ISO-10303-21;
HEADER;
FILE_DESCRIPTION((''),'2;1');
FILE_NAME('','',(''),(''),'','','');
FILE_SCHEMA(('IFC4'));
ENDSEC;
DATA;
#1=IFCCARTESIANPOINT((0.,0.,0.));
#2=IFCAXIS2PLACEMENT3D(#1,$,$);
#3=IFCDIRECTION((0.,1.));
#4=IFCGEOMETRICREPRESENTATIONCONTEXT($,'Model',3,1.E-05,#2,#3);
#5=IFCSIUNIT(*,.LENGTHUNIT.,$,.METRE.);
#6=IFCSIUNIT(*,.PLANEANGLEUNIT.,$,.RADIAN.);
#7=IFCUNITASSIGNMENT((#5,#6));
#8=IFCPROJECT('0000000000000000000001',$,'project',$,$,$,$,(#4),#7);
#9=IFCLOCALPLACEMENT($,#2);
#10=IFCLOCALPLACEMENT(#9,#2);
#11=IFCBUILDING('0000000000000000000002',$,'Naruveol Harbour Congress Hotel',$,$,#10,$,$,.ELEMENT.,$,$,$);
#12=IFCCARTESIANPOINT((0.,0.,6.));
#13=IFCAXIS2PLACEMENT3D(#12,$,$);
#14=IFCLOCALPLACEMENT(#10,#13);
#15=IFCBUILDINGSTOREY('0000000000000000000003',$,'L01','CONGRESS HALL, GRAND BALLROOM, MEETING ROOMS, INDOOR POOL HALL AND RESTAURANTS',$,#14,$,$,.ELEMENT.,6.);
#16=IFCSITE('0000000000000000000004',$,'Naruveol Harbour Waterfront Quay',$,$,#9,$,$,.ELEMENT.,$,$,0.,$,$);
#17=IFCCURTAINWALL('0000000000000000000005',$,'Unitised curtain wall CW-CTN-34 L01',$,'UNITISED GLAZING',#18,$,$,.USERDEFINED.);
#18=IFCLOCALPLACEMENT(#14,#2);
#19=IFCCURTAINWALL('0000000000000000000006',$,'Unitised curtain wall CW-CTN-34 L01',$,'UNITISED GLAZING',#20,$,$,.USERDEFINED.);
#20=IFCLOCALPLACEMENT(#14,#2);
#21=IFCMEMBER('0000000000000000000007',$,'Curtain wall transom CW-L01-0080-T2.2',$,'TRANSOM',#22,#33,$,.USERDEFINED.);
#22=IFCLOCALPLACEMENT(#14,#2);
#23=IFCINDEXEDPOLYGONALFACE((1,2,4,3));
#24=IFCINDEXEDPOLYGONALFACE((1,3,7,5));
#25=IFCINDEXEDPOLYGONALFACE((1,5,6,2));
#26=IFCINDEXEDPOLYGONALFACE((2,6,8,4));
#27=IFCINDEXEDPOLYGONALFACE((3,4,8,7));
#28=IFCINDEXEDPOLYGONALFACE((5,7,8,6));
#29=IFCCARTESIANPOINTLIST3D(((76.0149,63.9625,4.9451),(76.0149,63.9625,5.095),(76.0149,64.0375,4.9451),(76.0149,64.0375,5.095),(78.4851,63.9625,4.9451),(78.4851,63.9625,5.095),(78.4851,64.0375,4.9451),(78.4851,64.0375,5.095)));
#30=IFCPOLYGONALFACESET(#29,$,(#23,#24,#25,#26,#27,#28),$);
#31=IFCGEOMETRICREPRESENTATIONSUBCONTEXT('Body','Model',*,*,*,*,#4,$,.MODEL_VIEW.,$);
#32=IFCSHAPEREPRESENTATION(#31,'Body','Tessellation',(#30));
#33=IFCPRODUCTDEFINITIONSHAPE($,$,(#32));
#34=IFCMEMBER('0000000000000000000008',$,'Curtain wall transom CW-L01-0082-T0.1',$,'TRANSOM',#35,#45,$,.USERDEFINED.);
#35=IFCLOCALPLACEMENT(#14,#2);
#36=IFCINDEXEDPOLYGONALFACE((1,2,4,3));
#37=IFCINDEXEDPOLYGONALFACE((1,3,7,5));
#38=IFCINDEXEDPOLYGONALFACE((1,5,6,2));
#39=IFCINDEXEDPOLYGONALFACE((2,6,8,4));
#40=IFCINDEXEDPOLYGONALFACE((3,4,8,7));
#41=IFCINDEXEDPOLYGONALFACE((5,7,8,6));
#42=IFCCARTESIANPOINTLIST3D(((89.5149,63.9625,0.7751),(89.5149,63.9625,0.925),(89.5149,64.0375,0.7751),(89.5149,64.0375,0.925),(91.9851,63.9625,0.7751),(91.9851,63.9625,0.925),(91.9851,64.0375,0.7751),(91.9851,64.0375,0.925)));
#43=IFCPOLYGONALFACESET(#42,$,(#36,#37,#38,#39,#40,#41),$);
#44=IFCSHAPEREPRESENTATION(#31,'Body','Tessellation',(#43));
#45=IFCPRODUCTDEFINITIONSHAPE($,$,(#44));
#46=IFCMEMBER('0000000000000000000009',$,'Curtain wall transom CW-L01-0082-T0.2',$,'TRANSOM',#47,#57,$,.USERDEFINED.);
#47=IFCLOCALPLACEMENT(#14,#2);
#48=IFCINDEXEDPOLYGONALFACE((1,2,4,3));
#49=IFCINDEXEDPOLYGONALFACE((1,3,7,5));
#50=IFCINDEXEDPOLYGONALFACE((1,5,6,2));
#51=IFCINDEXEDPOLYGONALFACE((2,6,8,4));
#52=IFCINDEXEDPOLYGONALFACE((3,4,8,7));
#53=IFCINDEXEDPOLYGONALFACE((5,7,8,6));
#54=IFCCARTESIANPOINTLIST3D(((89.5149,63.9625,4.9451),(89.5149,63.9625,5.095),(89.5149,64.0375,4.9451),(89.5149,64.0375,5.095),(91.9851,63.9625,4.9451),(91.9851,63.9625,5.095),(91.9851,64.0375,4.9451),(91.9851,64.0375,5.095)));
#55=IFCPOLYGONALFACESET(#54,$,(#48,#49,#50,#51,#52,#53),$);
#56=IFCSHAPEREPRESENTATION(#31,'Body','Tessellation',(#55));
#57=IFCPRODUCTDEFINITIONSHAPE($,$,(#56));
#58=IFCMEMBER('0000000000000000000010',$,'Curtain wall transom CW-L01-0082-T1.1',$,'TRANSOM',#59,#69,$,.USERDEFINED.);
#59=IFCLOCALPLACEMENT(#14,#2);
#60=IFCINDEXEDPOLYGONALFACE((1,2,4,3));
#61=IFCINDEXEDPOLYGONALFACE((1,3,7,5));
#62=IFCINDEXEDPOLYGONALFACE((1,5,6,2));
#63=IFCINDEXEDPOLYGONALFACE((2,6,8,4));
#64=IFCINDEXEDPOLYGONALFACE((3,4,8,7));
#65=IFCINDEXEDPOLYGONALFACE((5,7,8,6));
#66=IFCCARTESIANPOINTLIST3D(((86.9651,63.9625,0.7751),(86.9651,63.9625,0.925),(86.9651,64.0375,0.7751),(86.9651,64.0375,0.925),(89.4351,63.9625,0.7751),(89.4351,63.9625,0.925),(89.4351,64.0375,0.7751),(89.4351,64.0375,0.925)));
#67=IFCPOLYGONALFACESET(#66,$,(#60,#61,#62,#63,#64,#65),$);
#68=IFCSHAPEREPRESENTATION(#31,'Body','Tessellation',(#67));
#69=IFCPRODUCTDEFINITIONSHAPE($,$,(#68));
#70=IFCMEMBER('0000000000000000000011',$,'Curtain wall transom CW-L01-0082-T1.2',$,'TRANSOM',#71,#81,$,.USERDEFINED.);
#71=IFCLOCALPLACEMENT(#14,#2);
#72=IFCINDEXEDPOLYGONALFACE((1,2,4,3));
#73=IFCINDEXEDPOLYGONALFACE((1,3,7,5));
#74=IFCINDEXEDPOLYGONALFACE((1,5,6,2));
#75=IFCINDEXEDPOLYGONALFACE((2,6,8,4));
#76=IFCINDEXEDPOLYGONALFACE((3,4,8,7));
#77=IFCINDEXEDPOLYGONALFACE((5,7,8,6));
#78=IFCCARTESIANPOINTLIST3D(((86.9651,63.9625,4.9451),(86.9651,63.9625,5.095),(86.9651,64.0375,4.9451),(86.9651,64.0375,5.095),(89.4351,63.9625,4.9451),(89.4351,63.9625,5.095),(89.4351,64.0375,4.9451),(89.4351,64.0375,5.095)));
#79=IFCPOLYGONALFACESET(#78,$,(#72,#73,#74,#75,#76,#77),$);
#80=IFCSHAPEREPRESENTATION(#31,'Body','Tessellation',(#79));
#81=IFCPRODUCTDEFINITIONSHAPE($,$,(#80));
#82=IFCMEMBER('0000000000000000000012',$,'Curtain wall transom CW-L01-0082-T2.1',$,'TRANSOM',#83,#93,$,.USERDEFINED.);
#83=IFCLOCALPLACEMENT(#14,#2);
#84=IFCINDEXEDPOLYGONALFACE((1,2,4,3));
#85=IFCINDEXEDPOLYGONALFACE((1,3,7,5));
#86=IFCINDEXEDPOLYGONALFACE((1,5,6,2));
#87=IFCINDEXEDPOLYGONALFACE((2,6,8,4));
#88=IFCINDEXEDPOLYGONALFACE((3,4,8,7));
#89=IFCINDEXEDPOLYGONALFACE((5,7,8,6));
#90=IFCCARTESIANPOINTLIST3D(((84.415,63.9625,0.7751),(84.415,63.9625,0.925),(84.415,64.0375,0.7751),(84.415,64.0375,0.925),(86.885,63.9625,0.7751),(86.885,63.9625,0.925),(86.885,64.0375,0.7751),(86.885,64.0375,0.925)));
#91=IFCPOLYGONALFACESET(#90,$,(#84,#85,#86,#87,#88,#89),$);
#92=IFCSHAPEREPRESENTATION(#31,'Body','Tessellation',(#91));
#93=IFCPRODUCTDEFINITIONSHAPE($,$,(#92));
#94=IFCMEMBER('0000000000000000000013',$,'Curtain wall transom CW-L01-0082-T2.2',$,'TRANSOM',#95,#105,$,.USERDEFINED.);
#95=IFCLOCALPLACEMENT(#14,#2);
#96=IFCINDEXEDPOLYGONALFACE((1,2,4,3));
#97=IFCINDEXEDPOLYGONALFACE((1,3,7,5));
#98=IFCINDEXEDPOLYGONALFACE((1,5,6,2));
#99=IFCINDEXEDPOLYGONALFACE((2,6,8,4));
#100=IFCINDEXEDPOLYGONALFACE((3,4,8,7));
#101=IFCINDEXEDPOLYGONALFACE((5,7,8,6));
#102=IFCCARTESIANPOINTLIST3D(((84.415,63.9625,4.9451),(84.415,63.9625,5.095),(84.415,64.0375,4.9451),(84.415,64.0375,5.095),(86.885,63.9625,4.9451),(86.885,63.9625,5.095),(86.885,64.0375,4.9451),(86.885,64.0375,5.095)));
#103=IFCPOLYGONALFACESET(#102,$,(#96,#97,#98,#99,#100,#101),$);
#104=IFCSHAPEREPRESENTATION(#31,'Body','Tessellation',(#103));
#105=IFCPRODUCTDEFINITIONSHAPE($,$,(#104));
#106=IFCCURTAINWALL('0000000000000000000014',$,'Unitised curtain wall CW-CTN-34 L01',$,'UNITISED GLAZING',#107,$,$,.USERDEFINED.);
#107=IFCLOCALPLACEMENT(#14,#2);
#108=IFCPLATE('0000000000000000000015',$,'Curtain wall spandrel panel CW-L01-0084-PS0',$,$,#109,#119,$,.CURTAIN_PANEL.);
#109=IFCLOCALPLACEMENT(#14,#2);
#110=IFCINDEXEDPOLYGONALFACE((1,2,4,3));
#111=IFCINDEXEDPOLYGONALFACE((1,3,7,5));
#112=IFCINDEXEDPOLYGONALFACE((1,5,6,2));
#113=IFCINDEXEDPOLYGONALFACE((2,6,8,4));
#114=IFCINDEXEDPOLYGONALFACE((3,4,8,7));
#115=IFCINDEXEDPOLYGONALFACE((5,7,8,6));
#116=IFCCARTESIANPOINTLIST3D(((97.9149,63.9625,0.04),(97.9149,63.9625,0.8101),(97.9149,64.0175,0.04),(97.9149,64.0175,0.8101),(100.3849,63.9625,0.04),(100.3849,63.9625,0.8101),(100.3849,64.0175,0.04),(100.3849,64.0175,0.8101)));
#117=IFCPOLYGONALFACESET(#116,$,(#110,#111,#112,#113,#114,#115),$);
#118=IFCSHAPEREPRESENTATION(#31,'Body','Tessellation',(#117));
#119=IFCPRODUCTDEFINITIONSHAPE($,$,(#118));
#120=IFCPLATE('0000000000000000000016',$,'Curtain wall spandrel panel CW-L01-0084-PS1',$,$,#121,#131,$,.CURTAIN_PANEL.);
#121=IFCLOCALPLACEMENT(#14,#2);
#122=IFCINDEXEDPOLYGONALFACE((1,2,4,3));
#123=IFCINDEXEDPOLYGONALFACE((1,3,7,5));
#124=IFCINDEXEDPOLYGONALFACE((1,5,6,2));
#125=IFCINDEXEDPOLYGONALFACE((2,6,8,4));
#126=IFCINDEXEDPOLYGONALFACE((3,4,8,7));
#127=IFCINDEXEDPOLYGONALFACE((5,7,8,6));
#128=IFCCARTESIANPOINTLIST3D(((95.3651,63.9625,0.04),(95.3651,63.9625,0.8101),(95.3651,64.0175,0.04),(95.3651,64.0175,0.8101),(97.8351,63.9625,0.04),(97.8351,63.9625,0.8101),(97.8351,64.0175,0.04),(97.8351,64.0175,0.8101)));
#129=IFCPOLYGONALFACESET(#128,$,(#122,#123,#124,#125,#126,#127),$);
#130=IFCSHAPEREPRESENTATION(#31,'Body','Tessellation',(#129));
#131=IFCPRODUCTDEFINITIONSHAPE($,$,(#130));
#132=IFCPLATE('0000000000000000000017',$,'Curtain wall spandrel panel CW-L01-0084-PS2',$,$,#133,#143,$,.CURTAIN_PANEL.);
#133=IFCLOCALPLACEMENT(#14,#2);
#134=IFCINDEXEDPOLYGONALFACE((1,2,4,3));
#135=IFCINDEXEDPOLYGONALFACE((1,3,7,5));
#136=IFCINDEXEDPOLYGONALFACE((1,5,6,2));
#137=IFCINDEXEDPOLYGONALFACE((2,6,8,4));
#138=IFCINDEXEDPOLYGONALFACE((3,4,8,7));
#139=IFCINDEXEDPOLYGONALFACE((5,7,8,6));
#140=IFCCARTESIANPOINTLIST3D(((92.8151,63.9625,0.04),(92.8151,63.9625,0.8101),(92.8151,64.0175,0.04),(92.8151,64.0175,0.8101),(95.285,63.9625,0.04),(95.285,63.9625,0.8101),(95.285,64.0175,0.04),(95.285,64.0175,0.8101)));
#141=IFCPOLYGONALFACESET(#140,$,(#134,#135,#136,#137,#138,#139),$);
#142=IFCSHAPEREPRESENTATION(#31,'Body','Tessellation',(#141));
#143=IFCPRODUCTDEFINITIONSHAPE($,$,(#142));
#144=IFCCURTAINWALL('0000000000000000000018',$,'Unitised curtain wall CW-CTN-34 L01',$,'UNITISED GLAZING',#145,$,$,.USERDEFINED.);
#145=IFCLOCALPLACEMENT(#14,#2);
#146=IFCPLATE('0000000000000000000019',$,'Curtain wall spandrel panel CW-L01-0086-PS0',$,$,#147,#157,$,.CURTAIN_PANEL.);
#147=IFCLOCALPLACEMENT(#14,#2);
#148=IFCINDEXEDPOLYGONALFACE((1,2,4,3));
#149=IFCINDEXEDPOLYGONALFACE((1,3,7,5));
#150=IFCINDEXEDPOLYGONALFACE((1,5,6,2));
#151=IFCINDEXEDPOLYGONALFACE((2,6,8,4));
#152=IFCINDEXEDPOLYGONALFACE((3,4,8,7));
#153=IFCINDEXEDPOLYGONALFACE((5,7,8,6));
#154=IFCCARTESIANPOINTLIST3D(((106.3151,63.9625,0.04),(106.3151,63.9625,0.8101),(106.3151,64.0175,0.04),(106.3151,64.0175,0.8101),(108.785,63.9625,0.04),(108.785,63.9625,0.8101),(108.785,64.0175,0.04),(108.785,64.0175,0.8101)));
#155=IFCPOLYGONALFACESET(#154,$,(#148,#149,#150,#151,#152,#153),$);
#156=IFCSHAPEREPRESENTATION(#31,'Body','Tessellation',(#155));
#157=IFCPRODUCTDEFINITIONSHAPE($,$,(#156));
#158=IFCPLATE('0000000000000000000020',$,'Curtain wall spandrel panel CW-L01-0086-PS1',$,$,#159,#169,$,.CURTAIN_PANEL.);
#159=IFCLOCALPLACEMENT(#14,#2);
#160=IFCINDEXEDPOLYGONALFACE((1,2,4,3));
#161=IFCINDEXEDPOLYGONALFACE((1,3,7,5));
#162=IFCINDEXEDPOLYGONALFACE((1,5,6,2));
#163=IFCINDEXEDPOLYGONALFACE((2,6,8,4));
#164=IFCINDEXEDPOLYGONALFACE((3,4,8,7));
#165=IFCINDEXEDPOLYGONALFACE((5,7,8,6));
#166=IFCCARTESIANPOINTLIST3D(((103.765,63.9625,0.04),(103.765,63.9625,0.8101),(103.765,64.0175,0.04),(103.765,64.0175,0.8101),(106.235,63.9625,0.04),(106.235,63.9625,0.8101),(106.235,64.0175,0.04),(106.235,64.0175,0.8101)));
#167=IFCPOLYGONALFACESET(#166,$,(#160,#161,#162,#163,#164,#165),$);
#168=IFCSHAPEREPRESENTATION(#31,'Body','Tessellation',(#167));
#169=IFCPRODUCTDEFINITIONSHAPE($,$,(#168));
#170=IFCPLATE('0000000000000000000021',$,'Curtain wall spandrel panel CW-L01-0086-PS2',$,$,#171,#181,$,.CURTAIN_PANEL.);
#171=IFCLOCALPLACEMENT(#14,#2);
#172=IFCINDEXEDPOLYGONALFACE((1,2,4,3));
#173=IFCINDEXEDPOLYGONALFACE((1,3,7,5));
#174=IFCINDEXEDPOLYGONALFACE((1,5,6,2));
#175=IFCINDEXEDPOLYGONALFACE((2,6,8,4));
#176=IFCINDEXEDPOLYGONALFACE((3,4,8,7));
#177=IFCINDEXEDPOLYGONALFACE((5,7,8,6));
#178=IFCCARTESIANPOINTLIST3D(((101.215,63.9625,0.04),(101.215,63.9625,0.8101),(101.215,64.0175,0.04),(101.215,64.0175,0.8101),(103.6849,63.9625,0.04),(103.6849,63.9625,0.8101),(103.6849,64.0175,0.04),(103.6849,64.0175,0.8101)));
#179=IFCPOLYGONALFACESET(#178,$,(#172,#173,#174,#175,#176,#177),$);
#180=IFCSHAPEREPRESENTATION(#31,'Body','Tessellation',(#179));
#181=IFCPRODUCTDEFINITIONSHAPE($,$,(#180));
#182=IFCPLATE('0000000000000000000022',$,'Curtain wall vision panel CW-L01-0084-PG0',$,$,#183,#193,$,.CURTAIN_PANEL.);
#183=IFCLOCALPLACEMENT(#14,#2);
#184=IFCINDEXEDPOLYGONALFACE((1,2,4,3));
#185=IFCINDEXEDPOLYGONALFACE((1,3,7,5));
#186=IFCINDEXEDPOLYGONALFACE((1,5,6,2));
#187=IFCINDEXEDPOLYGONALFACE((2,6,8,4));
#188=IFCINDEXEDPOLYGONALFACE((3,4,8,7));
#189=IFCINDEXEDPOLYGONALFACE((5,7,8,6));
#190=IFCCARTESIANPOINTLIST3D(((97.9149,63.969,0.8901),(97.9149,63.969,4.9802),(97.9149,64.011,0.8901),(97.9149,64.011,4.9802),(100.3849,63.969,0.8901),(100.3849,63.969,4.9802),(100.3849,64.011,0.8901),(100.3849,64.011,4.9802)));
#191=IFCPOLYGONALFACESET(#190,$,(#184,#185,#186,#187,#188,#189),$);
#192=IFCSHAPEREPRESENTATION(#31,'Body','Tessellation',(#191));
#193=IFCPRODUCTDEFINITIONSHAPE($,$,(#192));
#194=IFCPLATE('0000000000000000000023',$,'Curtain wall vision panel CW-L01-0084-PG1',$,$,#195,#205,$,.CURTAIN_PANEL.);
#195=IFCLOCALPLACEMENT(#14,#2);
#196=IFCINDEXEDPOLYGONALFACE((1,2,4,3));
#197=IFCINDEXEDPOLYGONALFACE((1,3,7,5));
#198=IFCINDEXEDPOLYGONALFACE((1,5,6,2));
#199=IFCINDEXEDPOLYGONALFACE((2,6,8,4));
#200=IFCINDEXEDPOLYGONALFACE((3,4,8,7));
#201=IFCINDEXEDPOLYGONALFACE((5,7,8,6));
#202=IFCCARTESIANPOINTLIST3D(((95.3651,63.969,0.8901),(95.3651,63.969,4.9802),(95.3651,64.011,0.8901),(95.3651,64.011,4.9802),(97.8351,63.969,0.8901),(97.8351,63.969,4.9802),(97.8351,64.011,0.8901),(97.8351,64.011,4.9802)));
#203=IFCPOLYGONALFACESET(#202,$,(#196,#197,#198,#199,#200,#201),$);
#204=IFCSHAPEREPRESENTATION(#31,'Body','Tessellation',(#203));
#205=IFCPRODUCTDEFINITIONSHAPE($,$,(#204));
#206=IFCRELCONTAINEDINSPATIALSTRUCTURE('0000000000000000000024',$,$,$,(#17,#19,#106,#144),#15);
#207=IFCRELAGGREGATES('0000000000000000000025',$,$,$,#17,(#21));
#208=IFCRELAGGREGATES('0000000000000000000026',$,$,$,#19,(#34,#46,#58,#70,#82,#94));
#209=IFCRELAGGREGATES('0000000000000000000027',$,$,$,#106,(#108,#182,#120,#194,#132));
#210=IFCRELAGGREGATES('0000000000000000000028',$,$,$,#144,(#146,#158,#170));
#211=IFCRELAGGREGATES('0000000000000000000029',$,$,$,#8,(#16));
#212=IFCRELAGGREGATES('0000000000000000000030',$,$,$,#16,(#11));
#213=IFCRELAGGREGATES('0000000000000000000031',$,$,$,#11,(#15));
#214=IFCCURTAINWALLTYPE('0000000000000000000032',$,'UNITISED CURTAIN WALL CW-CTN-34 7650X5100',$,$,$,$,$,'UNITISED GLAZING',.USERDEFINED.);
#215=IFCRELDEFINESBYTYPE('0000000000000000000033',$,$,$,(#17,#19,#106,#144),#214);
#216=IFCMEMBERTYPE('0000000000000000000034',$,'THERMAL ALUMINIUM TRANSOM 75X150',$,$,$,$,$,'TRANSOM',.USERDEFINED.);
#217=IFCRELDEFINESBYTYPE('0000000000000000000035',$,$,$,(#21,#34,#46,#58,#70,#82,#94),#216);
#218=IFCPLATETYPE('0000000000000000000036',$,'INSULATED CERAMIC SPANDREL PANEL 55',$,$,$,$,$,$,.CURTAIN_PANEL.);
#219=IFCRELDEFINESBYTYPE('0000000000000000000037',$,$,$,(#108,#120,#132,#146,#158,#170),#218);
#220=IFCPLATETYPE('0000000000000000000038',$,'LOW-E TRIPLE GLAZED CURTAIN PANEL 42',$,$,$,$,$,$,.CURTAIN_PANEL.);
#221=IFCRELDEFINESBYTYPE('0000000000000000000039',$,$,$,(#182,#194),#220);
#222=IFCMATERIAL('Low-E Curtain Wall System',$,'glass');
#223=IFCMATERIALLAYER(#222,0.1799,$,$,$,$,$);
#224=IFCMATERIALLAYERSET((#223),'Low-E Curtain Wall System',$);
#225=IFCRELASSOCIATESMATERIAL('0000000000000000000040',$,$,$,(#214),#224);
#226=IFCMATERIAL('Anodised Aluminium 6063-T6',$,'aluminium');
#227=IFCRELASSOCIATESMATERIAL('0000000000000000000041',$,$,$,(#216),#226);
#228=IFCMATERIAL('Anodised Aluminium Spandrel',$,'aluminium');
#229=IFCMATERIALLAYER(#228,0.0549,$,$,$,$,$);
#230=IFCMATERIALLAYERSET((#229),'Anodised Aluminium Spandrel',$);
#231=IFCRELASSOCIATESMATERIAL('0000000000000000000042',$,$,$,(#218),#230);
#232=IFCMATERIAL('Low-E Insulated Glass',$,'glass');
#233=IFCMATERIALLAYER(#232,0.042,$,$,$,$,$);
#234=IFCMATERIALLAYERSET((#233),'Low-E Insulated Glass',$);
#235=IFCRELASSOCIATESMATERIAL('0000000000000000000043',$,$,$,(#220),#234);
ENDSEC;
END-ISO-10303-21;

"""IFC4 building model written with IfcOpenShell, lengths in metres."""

from ifc_helpers import new_model, si_unit, direction, frame, origin, origin_2d, place, context, subcontext, project, spatial, rectangle, extrude, material, layer, layer_set, material_profile, profile_set, type_object, element, aggregate, save


model = new_model("IFC4")

# Units and contexts
model_context = context("Model", 3, precision=1e-05, world=origin(), true_north=direction((0.0, 1.0)))
body_context = subcontext(model_context, "Body", "Model", "MODEL_VIEW")
ifc_project = project(units=[si_unit("LENGTHUNIT", "METRE"), si_unit("PLANEANGLEUNIT", "RADIAN")], contexts=[model_context])

# Site, building, storey
site_placement = place(None, origin())
site = spatial("IfcSite", under=ifc_project, at=site_placement, Name="Naruveol Harbour Waterfront Quay", CompositionType="ELEMENT", RefElevation=0.0)
building_placement = place(site_placement, origin())
building = spatial("IfcBuilding", under=site, at=building_placement, Name="Naruveol Harbour Congress Hotel", CompositionType="ELEMENT")
storey_placement = place(building_placement, frame((0.0, 0.0, 6.0)))
storey = spatial("IfcBuildingStorey", under=building, at=storey_placement, Name="L01", Description="CONGRESS HALL, GRAND BALLROOM, MEETING ROOMS, INDOOR POOL HALL AND RESTAURANTS", CompositionType="ELEMENT", Elevation=6.0)

# Curtain walls
ifc_material_1 = material(Name="Low-E Curtain Wall System", Category="glass")
ifc_layer_1 = layer(ifc_material_1, 0.1799)
ifc_layer_set_1 = layer_set([ifc_layer_1], Name="Low-E Curtain Wall System")
curtain_wall_type = type_object("IfcCurtainWallType", Name="UNITISED CURTAIN WALL CW-CTN-34 7650X5100", ElementType="UNITISED GLAZING", PredefinedType="USERDEFINED", material=ifc_layer_set_1)
curtain_wall_1_placement = place(storey_placement, origin())
curtain_wall_1 = element("IfcCurtainWall", 1, at=curtain_wall_1_placement, inside=storey, type_object=curtain_wall_type, Name="Unitised curtain wall CW-CTN-34 L01", ObjectType="UNITISED GLAZING", PredefinedType="USERDEFINED")
curtain_wall_2_placement = place(storey_placement, origin())
curtain_wall_2 = element("IfcCurtainWall", 2, at=curtain_wall_2_placement, inside=storey, type_object=curtain_wall_type, Name="Unitised curtain wall CW-CTN-34 L01", ObjectType="UNITISED GLAZING", PredefinedType="USERDEFINED")

# Members
ifc_material_2 = material(Name="Anodised Aluminium 6063-T6", Category="aluminium")
ifc_material_profile_1 = material_profile(ifc_material_2, rectangle(XDim=0.075, YDim=0.1499, at=origin_2d()), Name="ALU-75x150")
ifc_profile_set_1 = profile_set([ifc_material_profile_1], Name="Anodised Aluminium 6063-T6")
member_type_1 = type_object("IfcMemberType", Name="THERMAL ALUMINIUM TRANSOM 75X150", ElementType="TRANSOM", PredefinedType="USERDEFINED", material=ifc_profile_set_1)
member_1_placement = place(storey_placement, frame((78.4851, 64.0, 5.02), z_axis=(-1.0, 0.0, 0.0), x_axis=(0.0, -1.0, 0.0)))
member_1 = element("IfcMember", 3, at=member_1_placement, type_object=member_type_1, Name="Curtain wall transom CW-L01-0080-T2.2", ObjectType="TRANSOM", PredefinedType="USERDEFINED", context=body_context, shape_type="SweptSolid", body=[
    extrude(rectangle(XDim=0.075, YDim=0.1499, at=origin_2d()), origin(), (0.0, 0.0, 1.0), 2.4702),
])
aggregate(curtain_wall_1, [member_1])
member_2_placement = place(storey_placement, frame((91.9851, 64.0, 0.8501), z_axis=(-1.0, 0.0, 0.0), x_axis=(0.0, -1.0, 0.0)))
member_2 = element("IfcMember", 4, at=member_2_placement, type_object=member_type_1, Name="Curtain wall transom CW-L01-0082-T0.1", ObjectType="TRANSOM", PredefinedType="USERDEFINED", context=body_context, shape_type="SweptSolid", body=[
    extrude(rectangle(XDim=0.075, YDim=0.1499, at=origin_2d()), origin(), (0.0, 0.0, 1.0), 2.4702),
])
member_3_placement = place(storey_placement, frame((91.9851, 64.0, 5.02), z_axis=(-1.0, 0.0, 0.0), x_axis=(0.0, -1.0, 0.0)))
member_3 = element("IfcMember", 5, at=member_3_placement, type_object=member_type_1, Name="Curtain wall transom CW-L01-0082-T0.2", ObjectType="TRANSOM", PredefinedType="USERDEFINED", context=body_context, shape_type="SweptSolid", body=[
    extrude(rectangle(XDim=0.075, YDim=0.1499, at=origin_2d()), origin(), (0.0, 0.0, 1.0), 2.4702),
])
member_4_placement = place(storey_placement, frame((89.4351, 64.0, 0.8501), z_axis=(-1.0, 0.0, 0.0), x_axis=(0.0, -1.0, 0.0)))
member_4 = element("IfcMember", 6, at=member_4_placement, type_object=member_type_1, Name="Curtain wall transom CW-L01-0082-T1.1", ObjectType="TRANSOM", PredefinedType="USERDEFINED", context=body_context, shape_type="SweptSolid", body=[
    extrude(rectangle(XDim=0.075, YDim=0.1499, at=origin_2d()), origin(), (0.0, 0.0, 1.0), 2.47),
])
member_5_placement = place(storey_placement, frame((89.4351, 64.0, 5.02), z_axis=(-1.0, 0.0, 0.0), x_axis=(0.0, -1.0, 0.0)))
member_5 = element("IfcMember", 7, at=member_5_placement, type_object=member_type_1, Name="Curtain wall transom CW-L01-0082-T1.2", ObjectType="TRANSOM", PredefinedType="USERDEFINED", context=body_context, shape_type="SweptSolid", body=[
    extrude(rectangle(XDim=0.075, YDim=0.1499, at=origin_2d()), origin(), (0.0, 0.0, 1.0), 2.47),
])
member_6_placement = place(storey_placement, frame((86.885, 64.0, 0.8501), z_axis=(-1.0, 0.0, 0.0), x_axis=(0.0, -1.0, 0.0)))
member_6 = element("IfcMember", 8, at=member_6_placement, type_object=member_type_1, Name="Curtain wall transom CW-L01-0082-T2.1", ObjectType="TRANSOM", PredefinedType="USERDEFINED", context=body_context, shape_type="SweptSolid", body=[
    extrude(rectangle(XDim=0.075, YDim=0.1499, at=origin_2d()), origin(), (0.0, 0.0, 1.0), 2.47),
])
member_7_placement = place(storey_placement, frame((86.885, 64.0, 5.02), z_axis=(-1.0, 0.0, 0.0), x_axis=(0.0, -1.0, 0.0)))
member_7 = element("IfcMember", 9, at=member_7_placement, type_object=member_type_1, Name="Curtain wall transom CW-L01-0082-T2.2", ObjectType="TRANSOM", PredefinedType="USERDEFINED", context=body_context, shape_type="SweptSolid", body=[
    extrude(rectangle(XDim=0.075, YDim=0.1499, at=origin_2d()), origin(), (0.0, 0.0, 1.0), 2.47),
])
aggregate(curtain_wall_2, [member_2, member_3, member_4, member_5, member_6, member_7])

# Curtain walls, plates
curtain_wall_3_placement = place(storey_placement, origin())
curtain_wall_3 = element("IfcCurtainWall", 10, at=curtain_wall_3_placement, inside=storey, type_object=curtain_wall_type, Name="Unitised curtain wall CW-CTN-34 L01", ObjectType="UNITISED GLAZING", PredefinedType="USERDEFINED")
ifc_material_3 = material(Name="Anodised Aluminium Spandrel", Category="aluminium")
ifc_layer_2 = layer(ifc_material_3, 0.0549)
ifc_layer_set_2 = layer_set([ifc_layer_2], Name="Anodised Aluminium Spandrel")
plate_type_1 = type_object("IfcPlateType", Name="INSULATED CERAMIC SPANDREL PANEL 55", PredefinedType="CURTAIN_PANEL", material=ifc_layer_set_2)
plate_1_placement = place(storey_placement, frame((99.1499, 63.99, 0.04), z_axis=(0.0, 0.0, 1.0), x_axis=(-1.0, 0.0, 0.0)))
plate_1 = element("IfcPlate", 11, at=plate_1_placement, type_object=plate_type_1, Name="Curtain wall spandrel panel CW-L01-0084-PS0", PredefinedType="CURTAIN_PANEL", context=body_context, shape_type="SweptSolid", body=[
    extrude(rectangle(XDim=2.47, YDim=0.0549, at=origin_2d()), origin(), (0.0, 0.0, 1.0), 0.77),
])
plate_2_placement = place(storey_placement, frame((96.6001, 63.99, 0.04), z_axis=(0.0, 0.0, 1.0), x_axis=(-1.0, 0.0, 0.0)))
plate_2 = element("IfcPlate", 12, at=plate_2_placement, type_object=plate_type_1, Name="Curtain wall spandrel panel CW-L01-0084-PS1", PredefinedType="CURTAIN_PANEL", context=body_context, shape_type="SweptSolid", body=[
    extrude(rectangle(XDim=2.47, YDim=0.0549, at=origin_2d()), origin(), (0.0, 0.0, 1.0), 0.77),
])
plate_3_placement = place(storey_placement, frame((94.05, 63.99, 0.04), z_axis=(0.0, 0.0, 1.0), x_axis=(-1.0, 0.0, 0.0)))
plate_3 = element("IfcPlate", 13, at=plate_3_placement, type_object=plate_type_1, Name="Curtain wall spandrel panel CW-L01-0084-PS2", PredefinedType="CURTAIN_PANEL", context=body_context, shape_type="SweptSolid", body=[
    extrude(rectangle(XDim=2.47, YDim=0.0549, at=origin_2d()), origin(), (0.0, 0.0, 1.0), 0.77),
])
curtain_wall_4_placement = place(storey_placement, origin())
curtain_wall_4 = element("IfcCurtainWall", 14, at=curtain_wall_4_placement, inside=storey, type_object=curtain_wall_type, Name="Unitised curtain wall CW-CTN-34 L01", ObjectType="UNITISED GLAZING", PredefinedType="USERDEFINED")
plate_4_placement = place(storey_placement, frame((107.55, 63.99, 0.04), z_axis=(0.0, 0.0, 1.0), x_axis=(-1.0, 0.0, 0.0)))
plate_4 = element("IfcPlate", 15, at=plate_4_placement, type_object=plate_type_1, Name="Curtain wall spandrel panel CW-L01-0086-PS0", PredefinedType="CURTAIN_PANEL", context=body_context, shape_type="SweptSolid", body=[
    extrude(rectangle(XDim=2.47, YDim=0.0549, at=origin_2d()), origin(), (0.0, 0.0, 1.0), 0.77),
])
plate_5_placement = place(storey_placement, frame((105.0, 63.99, 0.04), z_axis=(0.0, 0.0, 1.0), x_axis=(-1.0, 0.0, 0.0)))
plate_5 = element("IfcPlate", 16, at=plate_5_placement, type_object=plate_type_1, Name="Curtain wall spandrel panel CW-L01-0086-PS1", PredefinedType="CURTAIN_PANEL", context=body_context, shape_type="SweptSolid", body=[
    extrude(rectangle(XDim=2.47, YDim=0.0549, at=origin_2d()), origin(), (0.0, 0.0, 1.0), 0.77),
])
plate_6_placement = place(storey_placement, frame((102.45, 63.99, 0.04), z_axis=(0.0, 0.0, 1.0), x_axis=(-1.0, 0.0, 0.0)))
plate_6 = element("IfcPlate", 17, at=plate_6_placement, type_object=plate_type_1, Name="Curtain wall spandrel panel CW-L01-0086-PS2", PredefinedType="CURTAIN_PANEL", context=body_context, shape_type="SweptSolid", body=[
    extrude(rectangle(XDim=2.47, YDim=0.0549, at=origin_2d()), origin(), (0.0, 0.0, 1.0), 0.77),
])

# Plates
ifc_material_4 = material(Name="Low-E Insulated Glass", Category="glass")
ifc_layer_3 = layer(ifc_material_4, 0.042)
ifc_layer_set_3 = layer_set([ifc_layer_3], Name="Low-E Insulated Glass")
plate_type_2 = type_object("IfcPlateType", Name="LOW-E TRIPLE GLAZED CURTAIN PANEL 42", PredefinedType="CURTAIN_PANEL", material=ifc_layer_set_3)
plate_7_placement = place(storey_placement, frame((99.1499, 63.99, 0.8901), z_axis=(0.0, 0.0, 1.0), x_axis=(-1.0, 0.0, 0.0)))
plate_7 = element("IfcPlate", 18, at=plate_7_placement, type_object=plate_type_2, Name="Curtain wall vision panel CW-L01-0084-PG0", PredefinedType="CURTAIN_PANEL", context=body_context, shape_type="SweptSolid", body=[
    extrude(rectangle(XDim=2.47, YDim=0.042, at=origin_2d()), origin(), (0.0, 0.0, 1.0), 4.0901),
])
plate_8_placement = place(storey_placement, frame((96.6001, 63.99, 0.8901), z_axis=(0.0, 0.0, 1.0), x_axis=(-1.0, 0.0, 0.0)))
plate_8 = element("IfcPlate", 19, at=plate_8_placement, type_object=plate_type_2, Name="Curtain wall vision panel CW-L01-0084-PG1", PredefinedType="CURTAIN_PANEL", context=body_context, shape_type="SweptSolid", body=[
    extrude(rectangle(XDim=2.47, YDim=0.042, at=origin_2d()), origin(), (0.0, 0.0, 1.0), 4.0901),
])
aggregate(curtain_wall_3, [plate_1, plate_7, plate_2, plate_8, plate_3])
aggregate(curtain_wall_4, [plate_4, plate_5, plate_6])

save(model, "model.ifc")
